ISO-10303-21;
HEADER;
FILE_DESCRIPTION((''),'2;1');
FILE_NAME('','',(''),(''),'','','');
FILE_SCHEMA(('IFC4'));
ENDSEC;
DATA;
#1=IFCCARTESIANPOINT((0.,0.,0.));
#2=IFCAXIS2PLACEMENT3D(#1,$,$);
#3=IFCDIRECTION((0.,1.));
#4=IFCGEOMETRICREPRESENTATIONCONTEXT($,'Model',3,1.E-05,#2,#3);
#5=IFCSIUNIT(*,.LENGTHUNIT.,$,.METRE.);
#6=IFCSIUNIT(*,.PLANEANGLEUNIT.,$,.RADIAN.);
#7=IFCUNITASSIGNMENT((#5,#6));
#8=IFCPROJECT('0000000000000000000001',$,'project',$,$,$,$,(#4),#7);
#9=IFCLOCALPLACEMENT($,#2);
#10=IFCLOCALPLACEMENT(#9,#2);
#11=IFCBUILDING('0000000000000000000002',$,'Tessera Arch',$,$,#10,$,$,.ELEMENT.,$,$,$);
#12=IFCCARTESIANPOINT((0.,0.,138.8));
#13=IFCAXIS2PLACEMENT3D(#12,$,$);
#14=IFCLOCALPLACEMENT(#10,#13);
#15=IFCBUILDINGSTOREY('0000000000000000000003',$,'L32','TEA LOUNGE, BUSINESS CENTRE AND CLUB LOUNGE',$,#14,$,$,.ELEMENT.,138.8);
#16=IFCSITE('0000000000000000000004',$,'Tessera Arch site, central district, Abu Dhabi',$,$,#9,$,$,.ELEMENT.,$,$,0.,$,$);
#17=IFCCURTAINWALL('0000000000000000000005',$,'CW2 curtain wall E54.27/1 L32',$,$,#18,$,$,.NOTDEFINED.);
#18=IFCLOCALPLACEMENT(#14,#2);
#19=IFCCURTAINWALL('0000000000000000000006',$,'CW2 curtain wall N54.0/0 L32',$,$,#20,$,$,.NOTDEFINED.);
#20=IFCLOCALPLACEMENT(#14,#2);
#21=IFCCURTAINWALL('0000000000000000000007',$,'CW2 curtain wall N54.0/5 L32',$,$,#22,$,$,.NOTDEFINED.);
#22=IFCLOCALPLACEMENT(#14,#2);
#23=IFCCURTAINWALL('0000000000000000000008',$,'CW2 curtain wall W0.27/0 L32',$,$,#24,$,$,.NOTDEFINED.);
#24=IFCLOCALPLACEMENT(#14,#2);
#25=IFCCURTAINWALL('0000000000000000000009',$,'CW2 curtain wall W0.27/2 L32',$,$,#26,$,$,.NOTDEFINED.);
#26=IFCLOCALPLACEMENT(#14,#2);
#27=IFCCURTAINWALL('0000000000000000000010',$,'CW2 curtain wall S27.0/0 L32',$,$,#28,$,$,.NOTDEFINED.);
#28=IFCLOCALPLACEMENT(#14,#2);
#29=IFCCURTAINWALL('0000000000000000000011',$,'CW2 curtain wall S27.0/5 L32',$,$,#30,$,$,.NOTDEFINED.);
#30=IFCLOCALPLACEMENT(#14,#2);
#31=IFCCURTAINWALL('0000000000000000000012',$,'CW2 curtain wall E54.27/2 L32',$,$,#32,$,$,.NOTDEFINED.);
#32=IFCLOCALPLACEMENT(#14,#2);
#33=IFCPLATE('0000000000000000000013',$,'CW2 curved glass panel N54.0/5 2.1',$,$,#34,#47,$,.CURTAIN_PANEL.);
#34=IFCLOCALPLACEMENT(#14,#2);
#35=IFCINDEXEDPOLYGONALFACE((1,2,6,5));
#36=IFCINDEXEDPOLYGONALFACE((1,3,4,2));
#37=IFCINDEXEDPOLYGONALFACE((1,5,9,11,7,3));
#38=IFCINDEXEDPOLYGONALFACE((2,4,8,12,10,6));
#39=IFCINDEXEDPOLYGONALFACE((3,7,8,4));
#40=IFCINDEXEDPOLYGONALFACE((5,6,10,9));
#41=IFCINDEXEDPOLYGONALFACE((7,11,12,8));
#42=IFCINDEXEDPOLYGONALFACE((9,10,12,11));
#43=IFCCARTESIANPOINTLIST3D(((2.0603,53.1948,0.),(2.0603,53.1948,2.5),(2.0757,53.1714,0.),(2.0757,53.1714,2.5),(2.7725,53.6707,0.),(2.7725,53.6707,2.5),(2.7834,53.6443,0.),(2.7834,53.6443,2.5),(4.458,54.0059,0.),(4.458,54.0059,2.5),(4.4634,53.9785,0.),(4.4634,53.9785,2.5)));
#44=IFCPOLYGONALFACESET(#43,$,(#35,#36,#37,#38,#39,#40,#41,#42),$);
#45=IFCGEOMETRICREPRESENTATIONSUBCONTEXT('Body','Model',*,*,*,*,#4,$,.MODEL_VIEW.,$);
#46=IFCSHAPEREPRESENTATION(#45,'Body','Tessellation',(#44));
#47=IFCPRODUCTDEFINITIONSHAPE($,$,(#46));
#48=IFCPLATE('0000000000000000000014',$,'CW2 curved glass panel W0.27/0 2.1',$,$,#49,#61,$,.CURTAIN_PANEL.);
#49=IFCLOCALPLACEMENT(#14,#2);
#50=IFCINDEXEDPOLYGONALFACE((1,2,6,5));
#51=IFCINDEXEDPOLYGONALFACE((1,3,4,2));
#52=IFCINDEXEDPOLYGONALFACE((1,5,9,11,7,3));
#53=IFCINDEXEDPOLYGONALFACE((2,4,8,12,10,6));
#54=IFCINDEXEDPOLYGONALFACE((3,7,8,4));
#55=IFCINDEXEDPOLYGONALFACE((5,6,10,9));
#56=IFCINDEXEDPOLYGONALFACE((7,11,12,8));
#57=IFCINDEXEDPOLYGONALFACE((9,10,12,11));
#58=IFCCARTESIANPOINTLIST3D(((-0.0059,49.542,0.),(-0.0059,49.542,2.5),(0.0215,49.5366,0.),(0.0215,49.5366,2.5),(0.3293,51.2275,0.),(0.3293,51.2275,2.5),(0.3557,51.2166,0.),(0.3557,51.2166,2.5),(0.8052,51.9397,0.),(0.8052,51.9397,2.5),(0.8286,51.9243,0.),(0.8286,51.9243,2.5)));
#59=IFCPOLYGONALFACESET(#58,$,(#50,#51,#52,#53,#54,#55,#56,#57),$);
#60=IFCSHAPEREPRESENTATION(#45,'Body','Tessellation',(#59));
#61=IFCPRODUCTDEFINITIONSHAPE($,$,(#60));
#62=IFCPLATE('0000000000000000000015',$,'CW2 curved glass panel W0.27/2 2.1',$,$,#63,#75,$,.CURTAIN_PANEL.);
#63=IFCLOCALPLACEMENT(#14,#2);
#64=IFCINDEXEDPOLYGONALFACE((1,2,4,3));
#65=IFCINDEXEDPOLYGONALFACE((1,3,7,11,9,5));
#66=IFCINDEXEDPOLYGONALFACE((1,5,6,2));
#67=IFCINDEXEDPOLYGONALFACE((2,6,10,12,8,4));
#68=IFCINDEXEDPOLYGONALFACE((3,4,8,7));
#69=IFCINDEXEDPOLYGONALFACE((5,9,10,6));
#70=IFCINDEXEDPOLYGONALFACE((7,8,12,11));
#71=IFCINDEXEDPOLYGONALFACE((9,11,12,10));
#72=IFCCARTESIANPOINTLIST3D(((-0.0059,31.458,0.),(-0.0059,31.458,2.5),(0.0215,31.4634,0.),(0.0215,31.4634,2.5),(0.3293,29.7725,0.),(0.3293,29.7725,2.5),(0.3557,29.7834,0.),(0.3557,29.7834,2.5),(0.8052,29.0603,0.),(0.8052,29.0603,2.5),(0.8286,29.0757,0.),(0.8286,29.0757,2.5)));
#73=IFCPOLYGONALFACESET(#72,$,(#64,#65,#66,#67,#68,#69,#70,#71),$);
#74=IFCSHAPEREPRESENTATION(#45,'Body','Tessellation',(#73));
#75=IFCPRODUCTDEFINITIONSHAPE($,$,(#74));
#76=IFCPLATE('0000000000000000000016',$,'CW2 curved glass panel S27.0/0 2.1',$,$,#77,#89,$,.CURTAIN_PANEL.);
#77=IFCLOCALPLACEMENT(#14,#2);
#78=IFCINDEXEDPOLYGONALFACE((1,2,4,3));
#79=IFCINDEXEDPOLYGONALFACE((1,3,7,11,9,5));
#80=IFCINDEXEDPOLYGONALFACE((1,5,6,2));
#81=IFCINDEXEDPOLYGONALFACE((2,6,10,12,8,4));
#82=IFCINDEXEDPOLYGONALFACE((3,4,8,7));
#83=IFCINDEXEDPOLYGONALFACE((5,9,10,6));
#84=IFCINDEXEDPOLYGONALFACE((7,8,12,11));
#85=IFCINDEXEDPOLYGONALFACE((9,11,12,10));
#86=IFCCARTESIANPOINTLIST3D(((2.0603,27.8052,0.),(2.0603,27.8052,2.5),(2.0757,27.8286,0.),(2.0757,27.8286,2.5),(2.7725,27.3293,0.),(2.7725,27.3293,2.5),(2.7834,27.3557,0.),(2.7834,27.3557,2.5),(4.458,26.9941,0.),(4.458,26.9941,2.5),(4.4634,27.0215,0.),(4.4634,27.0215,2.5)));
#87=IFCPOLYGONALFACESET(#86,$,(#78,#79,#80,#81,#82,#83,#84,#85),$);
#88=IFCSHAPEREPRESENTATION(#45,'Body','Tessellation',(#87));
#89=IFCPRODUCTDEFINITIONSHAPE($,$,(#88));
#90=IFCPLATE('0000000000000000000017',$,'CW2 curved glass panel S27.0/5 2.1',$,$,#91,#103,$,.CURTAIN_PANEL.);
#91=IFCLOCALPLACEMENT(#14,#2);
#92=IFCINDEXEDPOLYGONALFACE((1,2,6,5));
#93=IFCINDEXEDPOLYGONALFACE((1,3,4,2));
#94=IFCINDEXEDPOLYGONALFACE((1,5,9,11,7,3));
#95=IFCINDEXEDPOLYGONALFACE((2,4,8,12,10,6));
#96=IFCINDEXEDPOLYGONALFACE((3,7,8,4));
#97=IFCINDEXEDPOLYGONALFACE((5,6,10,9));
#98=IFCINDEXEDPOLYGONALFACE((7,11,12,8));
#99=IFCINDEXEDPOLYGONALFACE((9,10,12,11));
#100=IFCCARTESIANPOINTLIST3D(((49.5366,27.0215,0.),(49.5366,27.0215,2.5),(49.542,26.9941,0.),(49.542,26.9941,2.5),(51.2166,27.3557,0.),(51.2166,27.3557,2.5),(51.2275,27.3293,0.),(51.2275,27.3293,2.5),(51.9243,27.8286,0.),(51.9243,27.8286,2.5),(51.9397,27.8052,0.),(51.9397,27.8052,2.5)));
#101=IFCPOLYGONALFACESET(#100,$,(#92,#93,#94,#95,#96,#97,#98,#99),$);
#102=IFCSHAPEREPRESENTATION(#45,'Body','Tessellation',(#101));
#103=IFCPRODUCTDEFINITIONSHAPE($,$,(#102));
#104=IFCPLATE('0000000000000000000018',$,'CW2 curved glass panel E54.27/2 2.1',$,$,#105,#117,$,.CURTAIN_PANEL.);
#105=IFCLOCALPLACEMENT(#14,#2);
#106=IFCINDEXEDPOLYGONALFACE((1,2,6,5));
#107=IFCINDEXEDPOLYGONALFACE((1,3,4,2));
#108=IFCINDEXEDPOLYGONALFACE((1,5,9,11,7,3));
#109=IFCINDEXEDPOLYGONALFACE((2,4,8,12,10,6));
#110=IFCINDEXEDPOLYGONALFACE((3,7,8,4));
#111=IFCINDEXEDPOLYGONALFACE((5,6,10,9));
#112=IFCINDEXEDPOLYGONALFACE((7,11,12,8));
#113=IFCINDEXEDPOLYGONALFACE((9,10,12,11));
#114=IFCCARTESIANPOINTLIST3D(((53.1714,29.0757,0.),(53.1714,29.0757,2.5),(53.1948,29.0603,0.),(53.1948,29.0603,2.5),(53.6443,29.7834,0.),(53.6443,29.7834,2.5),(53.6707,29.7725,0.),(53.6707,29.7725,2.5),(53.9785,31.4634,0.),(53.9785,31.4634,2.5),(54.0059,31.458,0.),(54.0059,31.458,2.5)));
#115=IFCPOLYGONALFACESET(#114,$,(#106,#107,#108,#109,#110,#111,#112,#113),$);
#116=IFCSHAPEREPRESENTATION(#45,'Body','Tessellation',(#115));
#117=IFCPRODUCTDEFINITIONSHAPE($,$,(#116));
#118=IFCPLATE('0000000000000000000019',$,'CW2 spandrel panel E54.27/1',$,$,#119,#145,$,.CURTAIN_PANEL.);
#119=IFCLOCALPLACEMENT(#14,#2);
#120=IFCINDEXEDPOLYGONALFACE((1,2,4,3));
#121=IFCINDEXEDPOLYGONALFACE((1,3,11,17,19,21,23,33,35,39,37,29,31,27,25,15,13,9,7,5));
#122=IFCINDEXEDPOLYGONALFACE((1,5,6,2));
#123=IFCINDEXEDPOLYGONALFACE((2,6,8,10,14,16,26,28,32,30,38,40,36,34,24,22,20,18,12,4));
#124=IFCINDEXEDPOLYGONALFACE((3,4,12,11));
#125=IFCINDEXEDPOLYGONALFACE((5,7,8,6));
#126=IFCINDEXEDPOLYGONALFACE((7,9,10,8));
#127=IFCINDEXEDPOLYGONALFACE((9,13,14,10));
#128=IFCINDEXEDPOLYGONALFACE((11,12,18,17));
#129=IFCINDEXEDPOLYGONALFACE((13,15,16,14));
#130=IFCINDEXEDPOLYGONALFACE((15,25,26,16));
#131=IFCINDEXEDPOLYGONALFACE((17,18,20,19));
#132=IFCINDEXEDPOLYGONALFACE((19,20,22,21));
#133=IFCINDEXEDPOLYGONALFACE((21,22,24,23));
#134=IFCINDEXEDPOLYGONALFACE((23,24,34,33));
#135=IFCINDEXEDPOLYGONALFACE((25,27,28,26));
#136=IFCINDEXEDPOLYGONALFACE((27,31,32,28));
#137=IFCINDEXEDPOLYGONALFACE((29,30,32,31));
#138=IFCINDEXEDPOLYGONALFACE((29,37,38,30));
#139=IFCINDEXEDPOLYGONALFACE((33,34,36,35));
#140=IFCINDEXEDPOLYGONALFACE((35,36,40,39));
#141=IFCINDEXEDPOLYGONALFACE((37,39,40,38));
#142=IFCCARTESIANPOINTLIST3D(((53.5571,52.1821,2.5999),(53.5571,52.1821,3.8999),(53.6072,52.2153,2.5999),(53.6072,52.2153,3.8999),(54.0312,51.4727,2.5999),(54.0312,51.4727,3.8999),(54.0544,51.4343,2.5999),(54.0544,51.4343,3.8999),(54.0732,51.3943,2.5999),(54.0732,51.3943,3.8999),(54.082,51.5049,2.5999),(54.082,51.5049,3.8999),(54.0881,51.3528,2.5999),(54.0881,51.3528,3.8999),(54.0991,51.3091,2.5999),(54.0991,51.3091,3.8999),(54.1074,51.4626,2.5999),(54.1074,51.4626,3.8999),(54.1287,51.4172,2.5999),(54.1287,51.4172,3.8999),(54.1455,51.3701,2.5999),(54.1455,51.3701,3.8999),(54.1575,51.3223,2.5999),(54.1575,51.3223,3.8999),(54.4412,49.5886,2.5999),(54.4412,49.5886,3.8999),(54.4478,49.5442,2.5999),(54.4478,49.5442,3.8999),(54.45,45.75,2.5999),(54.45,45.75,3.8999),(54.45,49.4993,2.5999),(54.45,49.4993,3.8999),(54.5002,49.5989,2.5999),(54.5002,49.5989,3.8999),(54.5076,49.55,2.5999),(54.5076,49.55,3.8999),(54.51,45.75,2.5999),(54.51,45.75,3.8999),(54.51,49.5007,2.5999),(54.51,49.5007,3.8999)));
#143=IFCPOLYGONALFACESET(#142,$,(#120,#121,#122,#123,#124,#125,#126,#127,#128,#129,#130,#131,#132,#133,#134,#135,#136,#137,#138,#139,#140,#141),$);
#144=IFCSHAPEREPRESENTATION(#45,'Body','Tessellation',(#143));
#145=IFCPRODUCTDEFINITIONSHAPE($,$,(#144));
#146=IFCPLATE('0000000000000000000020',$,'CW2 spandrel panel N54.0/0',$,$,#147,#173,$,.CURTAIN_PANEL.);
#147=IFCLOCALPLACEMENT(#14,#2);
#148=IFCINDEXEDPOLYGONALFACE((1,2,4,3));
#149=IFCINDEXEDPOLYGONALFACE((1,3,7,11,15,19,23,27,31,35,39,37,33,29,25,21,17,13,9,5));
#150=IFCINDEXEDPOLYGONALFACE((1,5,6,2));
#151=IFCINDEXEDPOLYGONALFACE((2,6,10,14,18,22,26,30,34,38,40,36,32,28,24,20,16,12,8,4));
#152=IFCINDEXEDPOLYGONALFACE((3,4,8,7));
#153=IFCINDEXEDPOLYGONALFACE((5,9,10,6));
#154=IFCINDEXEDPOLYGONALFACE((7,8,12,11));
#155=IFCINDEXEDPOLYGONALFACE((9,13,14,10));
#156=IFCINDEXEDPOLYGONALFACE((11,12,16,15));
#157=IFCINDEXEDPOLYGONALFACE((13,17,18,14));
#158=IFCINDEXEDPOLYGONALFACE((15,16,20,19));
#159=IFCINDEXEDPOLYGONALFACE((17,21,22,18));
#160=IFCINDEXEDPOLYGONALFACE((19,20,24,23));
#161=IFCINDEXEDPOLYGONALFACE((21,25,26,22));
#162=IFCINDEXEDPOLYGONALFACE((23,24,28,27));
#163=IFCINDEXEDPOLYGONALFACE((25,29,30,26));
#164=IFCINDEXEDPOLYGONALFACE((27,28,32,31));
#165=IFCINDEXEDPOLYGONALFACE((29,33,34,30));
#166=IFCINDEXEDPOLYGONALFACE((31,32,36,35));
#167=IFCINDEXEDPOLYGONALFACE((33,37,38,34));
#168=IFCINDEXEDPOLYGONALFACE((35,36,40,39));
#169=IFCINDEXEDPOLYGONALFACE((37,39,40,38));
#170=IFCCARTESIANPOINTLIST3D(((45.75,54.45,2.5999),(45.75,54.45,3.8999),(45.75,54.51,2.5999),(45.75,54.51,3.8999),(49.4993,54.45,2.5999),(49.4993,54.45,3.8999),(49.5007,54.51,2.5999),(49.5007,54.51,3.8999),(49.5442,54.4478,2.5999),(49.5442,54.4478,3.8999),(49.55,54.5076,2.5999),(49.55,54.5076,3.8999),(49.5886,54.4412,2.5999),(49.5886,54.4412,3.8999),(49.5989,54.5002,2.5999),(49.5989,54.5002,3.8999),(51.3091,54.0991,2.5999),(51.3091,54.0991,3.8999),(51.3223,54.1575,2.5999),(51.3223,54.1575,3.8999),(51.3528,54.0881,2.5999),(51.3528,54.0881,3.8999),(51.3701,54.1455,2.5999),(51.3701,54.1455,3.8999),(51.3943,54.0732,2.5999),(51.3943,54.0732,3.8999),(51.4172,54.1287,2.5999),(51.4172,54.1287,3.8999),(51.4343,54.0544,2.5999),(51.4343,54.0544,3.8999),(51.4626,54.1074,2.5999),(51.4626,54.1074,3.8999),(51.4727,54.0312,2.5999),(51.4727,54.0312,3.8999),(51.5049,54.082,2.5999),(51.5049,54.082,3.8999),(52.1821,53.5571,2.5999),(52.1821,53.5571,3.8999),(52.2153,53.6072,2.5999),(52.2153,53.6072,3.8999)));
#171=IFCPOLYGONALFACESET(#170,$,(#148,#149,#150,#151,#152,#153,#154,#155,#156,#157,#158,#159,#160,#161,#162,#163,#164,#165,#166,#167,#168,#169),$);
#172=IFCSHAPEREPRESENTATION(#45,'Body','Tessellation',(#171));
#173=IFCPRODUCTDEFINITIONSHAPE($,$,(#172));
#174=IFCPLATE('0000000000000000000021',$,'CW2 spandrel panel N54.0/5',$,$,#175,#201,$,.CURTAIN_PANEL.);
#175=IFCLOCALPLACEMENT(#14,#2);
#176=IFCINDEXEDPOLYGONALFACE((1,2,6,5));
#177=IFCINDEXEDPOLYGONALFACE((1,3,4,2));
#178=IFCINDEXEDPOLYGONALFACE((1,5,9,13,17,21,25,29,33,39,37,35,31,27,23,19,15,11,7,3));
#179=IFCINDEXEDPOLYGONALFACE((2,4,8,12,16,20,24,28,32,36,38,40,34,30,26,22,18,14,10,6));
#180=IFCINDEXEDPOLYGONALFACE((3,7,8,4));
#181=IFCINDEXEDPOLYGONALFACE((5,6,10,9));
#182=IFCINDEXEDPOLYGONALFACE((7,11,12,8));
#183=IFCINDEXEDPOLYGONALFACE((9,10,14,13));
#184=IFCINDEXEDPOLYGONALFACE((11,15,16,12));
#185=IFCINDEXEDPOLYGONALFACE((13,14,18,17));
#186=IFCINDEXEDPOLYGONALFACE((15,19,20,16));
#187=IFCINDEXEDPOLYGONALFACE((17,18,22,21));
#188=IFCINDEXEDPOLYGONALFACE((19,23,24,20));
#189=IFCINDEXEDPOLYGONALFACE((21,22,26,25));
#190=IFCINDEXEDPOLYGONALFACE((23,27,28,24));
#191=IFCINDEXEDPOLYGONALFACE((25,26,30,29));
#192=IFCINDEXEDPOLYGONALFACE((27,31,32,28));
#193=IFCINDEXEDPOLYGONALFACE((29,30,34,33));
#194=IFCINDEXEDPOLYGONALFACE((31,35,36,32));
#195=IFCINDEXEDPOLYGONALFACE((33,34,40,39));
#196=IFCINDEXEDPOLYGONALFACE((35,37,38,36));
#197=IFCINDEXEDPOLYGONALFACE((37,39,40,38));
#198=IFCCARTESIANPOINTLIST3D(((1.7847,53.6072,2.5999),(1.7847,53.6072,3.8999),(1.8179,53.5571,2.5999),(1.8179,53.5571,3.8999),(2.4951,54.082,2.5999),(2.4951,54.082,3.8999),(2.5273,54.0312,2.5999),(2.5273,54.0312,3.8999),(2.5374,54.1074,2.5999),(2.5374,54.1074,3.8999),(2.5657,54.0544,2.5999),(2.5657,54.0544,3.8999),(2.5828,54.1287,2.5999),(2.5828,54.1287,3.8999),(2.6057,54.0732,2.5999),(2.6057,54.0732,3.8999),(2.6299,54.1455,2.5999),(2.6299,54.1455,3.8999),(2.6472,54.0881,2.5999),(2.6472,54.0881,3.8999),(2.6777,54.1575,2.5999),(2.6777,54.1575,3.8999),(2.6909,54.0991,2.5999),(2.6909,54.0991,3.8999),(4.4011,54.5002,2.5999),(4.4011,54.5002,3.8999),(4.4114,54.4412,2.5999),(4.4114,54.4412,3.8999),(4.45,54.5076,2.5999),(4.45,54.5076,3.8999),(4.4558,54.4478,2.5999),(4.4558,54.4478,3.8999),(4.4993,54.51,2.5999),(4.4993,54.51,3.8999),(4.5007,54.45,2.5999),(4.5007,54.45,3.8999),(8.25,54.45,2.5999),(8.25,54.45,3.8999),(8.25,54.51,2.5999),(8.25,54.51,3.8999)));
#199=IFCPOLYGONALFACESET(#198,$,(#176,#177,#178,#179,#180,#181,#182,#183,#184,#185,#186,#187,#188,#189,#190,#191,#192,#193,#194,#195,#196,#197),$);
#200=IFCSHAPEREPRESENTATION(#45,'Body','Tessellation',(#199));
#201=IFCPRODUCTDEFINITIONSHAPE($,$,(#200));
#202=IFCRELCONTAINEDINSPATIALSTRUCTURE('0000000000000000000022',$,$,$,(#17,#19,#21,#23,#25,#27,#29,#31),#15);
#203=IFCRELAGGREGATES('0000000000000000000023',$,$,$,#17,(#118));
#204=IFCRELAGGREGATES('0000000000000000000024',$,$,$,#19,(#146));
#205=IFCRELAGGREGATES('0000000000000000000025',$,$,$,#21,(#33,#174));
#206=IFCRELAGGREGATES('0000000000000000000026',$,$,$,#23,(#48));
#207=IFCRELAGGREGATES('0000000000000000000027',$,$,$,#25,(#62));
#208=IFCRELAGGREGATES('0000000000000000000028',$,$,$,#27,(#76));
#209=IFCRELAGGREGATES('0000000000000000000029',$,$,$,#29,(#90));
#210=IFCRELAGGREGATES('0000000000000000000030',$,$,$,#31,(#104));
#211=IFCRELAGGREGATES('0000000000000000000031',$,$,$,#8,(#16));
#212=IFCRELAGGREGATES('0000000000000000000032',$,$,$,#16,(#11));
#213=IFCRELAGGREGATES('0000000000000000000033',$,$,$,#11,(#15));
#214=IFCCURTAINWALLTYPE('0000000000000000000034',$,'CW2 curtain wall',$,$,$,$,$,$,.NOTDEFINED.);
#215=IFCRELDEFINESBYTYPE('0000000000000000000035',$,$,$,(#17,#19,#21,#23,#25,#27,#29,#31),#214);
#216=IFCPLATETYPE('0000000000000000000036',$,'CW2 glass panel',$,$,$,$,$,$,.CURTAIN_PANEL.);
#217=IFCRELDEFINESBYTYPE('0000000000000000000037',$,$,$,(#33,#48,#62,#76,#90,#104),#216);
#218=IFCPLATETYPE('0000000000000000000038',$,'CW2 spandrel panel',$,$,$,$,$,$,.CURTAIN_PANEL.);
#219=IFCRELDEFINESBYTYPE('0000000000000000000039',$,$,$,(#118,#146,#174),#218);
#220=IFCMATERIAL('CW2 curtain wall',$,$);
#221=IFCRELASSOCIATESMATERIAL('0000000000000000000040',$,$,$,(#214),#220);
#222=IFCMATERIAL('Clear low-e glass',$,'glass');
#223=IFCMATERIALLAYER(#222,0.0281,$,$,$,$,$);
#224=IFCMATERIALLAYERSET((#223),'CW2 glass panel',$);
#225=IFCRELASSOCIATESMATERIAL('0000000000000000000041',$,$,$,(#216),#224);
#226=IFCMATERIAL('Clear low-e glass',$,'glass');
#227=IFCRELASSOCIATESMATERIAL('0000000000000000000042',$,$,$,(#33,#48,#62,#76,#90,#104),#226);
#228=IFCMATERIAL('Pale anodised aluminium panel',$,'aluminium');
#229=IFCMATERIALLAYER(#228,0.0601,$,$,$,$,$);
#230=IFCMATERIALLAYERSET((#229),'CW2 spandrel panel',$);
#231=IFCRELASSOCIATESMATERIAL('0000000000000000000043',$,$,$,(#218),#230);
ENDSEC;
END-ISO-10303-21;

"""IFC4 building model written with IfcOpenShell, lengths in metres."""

from ifc_helpers import new_model, si_unit, direction, frame, origin, place, context, subcontext, project, spatial, polyline, outline, extrude, material, layer, layer_set, type_object, element, aggregate, save


model = new_model("IFC4")

# Units and contexts
model_context = context("Model", 3, precision=1e-05, world=origin(), true_north=direction((0.0, 1.0)))
body_context = subcontext(model_context, "Body", "Model", "MODEL_VIEW")
ifc_project = project(units=[si_unit("LENGTHUNIT", "METRE"), si_unit("PLANEANGLEUNIT", "RADIAN")], contexts=[model_context])

# Site, building, storey
site_placement = place(None, origin())
site = spatial("IfcSite", under=ifc_project, at=site_placement, Name="Tessera Arch site, central district, Abu Dhabi", CompositionType="ELEMENT", RefElevation=0.0)
building_placement = place(site_placement, origin())
building = spatial("IfcBuilding", under=site, at=building_placement, Name="Tessera Arch", CompositionType="ELEMENT")
storey_placement = place(building_placement, frame((0.0, 0.0, 138.8)))
storey = spatial("IfcBuildingStorey", under=building, at=storey_placement, Name="L32", Description="TEA LOUNGE, BUSINESS CENTRE AND CLUB LOUNGE", CompositionType="ELEMENT", Elevation=138.8)

# Curtain walls
ifc_material_1 = material(Name="CW2 curtain wall")
curtain_wall_type_1 = type_object("IfcCurtainWallType", Name="CW2 curtain wall", PredefinedType="NOTDEFINED", material=ifc_material_1)
curtain_wall_1_placement = place(storey_placement, origin())
curtain_wall_1 = element("IfcCurtainWall", 1, at=curtain_wall_1_placement, inside=storey, type_object=curtain_wall_type_1, Name="CW2 curtain wall E54.27/1 L32", PredefinedType="NOTDEFINED")
curtain_wall_2_placement = place(storey_placement, origin())
curtain_wall_2 = element("IfcCurtainWall", 2, at=curtain_wall_2_placement, inside=storey, type_object=curtain_wall_type_1, Name="CW2 curtain wall N54.0/0 L32", PredefinedType="NOTDEFINED")
curtain_wall_3_placement = place(storey_placement, origin())
curtain_wall_3 = element("IfcCurtainWall", 3, at=curtain_wall_3_placement, inside=storey, type_object=curtain_wall_type_1, Name="CW2 curtain wall N54.0/5 L32", PredefinedType="NOTDEFINED")
curtain_wall_4_placement = place(storey_placement, origin())
curtain_wall_4 = element("IfcCurtainWall", 4, at=curtain_wall_4_placement, inside=storey, type_object=curtain_wall_type_1, Name="CW2 curtain wall W0.27/0 L32", PredefinedType="NOTDEFINED")
curtain_wall_5_placement = place(storey_placement, origin())
curtain_wall_5 = element("IfcCurtainWall", 5, at=curtain_wall_5_placement, inside=storey, type_object=curtain_wall_type_1, Name="CW2 curtain wall W0.27/2 L32", PredefinedType="NOTDEFINED")
curtain_wall_6_placement = place(storey_placement, origin())
curtain_wall_6 = element("IfcCurtainWall", 6, at=curtain_wall_6_placement, inside=storey, type_object=curtain_wall_type_1, Name="CW2 curtain wall S27.0/0 L32", PredefinedType="NOTDEFINED")
curtain_wall_7_placement = place(storey_placement, origin())
curtain_wall_7 = element("IfcCurtainWall", 7, at=curtain_wall_7_placement, inside=storey, type_object=curtain_wall_type_1, Name="CW2 curtain wall S27.0/5 L32", PredefinedType="NOTDEFINED")
curtain_wall_8_placement = place(storey_placement, origin())
curtain_wall_8 = element("IfcCurtainWall", 8, at=curtain_wall_8_placement, inside=storey, type_object=curtain_wall_type_1, Name="CW2 curtain wall E54.27/2 L32", PredefinedType="NOTDEFINED")

# Plates
ifc_material_2 = material(Name="Clear low-e glass", Category="glass")
ifc_material_3 = material(Name="Clear low-e glass", Category="glass")
ifc_layer_1 = layer(ifc_material_3, 0.0281)
ifc_layer_set_1 = layer_set([ifc_layer_1], Name="CW2 glass panel")
plate_type_1 = type_object("IfcPlateType", Name="CW2 glass panel", PredefinedType="CURTAIN_PANEL", material=ifc_layer_set_1)
plate_1_placement = place(storey_placement, origin())
plate_1 = element("IfcPlate", 9, at=plate_1_placement, type_object=plate_type_1, material=ifc_material_2, Name="CW2 curved glass panel N54.0/5 2.1", PredefinedType="CURTAIN_PANEL", context=body_context, shape_type="SweptSolid", body=[
    extrude(outline(polyline([(2.7834, 53.6443), (4.4634, 53.9785), (4.458, 54.0059), (2.7725, 53.6707), (2.0603, 53.1948), (2.0757, 53.1714), (2.7834, 53.6443)])), origin(), (0.0, 0.0, 1.0), 2.5),
])
plate_2_placement = place(storey_placement, origin())
plate_2 = element("IfcPlate", 10, at=plate_2_placement, type_object=plate_type_1, material=ifc_material_2, Name="CW2 curved glass panel W0.27/0 2.1", PredefinedType="CURTAIN_PANEL", context=body_context, shape_type="SweptSolid", body=[
    extrude(outline(polyline([(0.3557, 51.2166), (0.8286, 51.9243), (0.8052, 51.9397), (0.3293, 51.2275), (-0.0059, 49.542), (0.0215, 49.5366), (0.3557, 51.2166)])), origin(), (0.0, 0.0, 1.0), 2.5),
])
plate_3_placement = place(storey_placement, origin())
plate_3 = element("IfcPlate", 11, at=plate_3_placement, type_object=plate_type_1, material=ifc_material_2, Name="CW2 curved glass panel W0.27/2 2.1", PredefinedType="CURTAIN_PANEL", context=body_context, shape_type="SweptSolid", body=[
    extrude(outline(polyline([(0.3557, 29.7834), (0.0215, 31.4634), (-0.0059, 31.458), (0.3293, 29.7725), (0.8052, 29.0603), (0.8286, 29.0757), (0.3557, 29.7834)])), origin(), (0.0, 0.0, 1.0), 2.5),
])
plate_4_placement = place(storey_placement, origin())
plate_4 = element("IfcPlate", 12, at=plate_4_placement, type_object=plate_type_1, material=ifc_material_2, Name="CW2 curved glass panel S27.0/0 2.1", PredefinedType="CURTAIN_PANEL", context=body_context, shape_type="SweptSolid", body=[
    extrude(outline(polyline([(2.7834, 27.3557), (2.0757, 27.8286), (2.0603, 27.8052), (2.7725, 27.3293), (4.458, 26.9941), (4.4634, 27.0215), (2.7834, 27.3557)])), origin(), (0.0, 0.0, 1.0), 2.5),
])
plate_5_placement = place(storey_placement, origin())
plate_5 = element("IfcPlate", 13, at=plate_5_placement, type_object=plate_type_1, material=ifc_material_2, Name="CW2 curved glass panel S27.0/5 2.1", PredefinedType="CURTAIN_PANEL", context=body_context, shape_type="SweptSolid", body=[
    extrude(outline(polyline([(51.2166, 27.3557), (49.5366, 27.0215), (49.542, 26.9941), (51.2275, 27.3293), (51.9397, 27.8052), (51.9243, 27.8286), (51.2166, 27.3557)])), origin(), (0.0, 0.0, 1.0), 2.5),
])
plate_6_placement = place(storey_placement, origin())
plate_6 = element("IfcPlate", 14, at=plate_6_placement, type_object=plate_type_1, material=ifc_material_2, Name="CW2 curved glass panel E54.27/2 2.1", PredefinedType="CURTAIN_PANEL", context=body_context, shape_type="SweptSolid", body=[
    extrude(outline(polyline([(53.6443, 29.7834), (53.1714, 29.0757), (53.1948, 29.0603), (53.6707, 29.7725), (54.0059, 31.458), (53.9785, 31.4634), (53.6443, 29.7834)])), origin(), (0.0, 0.0, 1.0), 2.5),
])
ifc_material_4 = material(Name="Pale anodised aluminium panel", Category="aluminium")
ifc_layer_2 = layer(ifc_material_4, 0.0601)
ifc_layer_set_2 = layer_set([ifc_layer_2], Name="CW2 spandrel panel")
plate_type_2 = type_object("IfcPlateType", Name="CW2 spandrel panel", PredefinedType="CURTAIN_PANEL", material=ifc_layer_set_2)
plate_7_placement = place(storey_placement, frame((0.0, 0.0, 2.5999)))
plate_7 = element("IfcPlate", 15, at=plate_7_placement, type_object=plate_type_2, Name="CW2 spandrel panel E54.27/1", PredefinedType="CURTAIN_PANEL", context=body_context, shape_type="SweptSolid", body=[
    extrude(outline(polyline([(54.45, 49.4993), (54.45, 45.75), (54.51, 45.75), (54.51, 49.5007), (54.5076, 49.55), (54.5002, 49.5989), (54.1575, 51.3223), (54.1455, 51.3701), (54.1287, 51.4172), (54.1074, 51.4626), (54.082, 51.5049), (53.6072, 52.2153), (53.5571, 52.1821), (54.0312, 51.4727), (54.0544, 51.4343), (54.0732, 51.3943), (54.0881, 51.3528), (54.0991, 51.3091), (54.4412, 49.5886), (54.4478, 49.5442), (54.45, 49.4993)])), origin(), (0.0, 0.0, 1.0), 1.3),
])
aggregate(curtain_wall_1, [plate_7])
plate_8_placement = place(storey_placement, frame((0.0, 0.0, 2.5999)))
plate_8 = element("IfcPlate", 16, at=plate_8_placement, type_object=plate_type_2, Name="CW2 spandrel panel N54.0/0", PredefinedType="CURTAIN_PANEL", context=body_context, shape_type="SweptSolid", body=[
    extrude(outline(polyline([(51.4727, 54.0312), (52.1821, 53.5571), (52.2153, 53.6072), (51.5049, 54.082), (51.4626, 54.1074), (51.4172, 54.1287), (51.3701, 54.1455), (51.3223, 54.1575), (49.5989, 54.5002), (49.55, 54.5076), (49.5007, 54.51), (45.75, 54.51), (45.75, 54.45), (49.4993, 54.45), (49.5442, 54.4478), (49.5886, 54.4412), (51.3091, 54.0991), (51.3528, 54.0881), (51.3943, 54.0732), (51.4343, 54.0544), (51.4727, 54.0312)])), origin(), (0.0, 0.0, 1.0), 1.3),
])
aggregate(curtain_wall_2, [plate_8])
plate_9_placement = place(storey_placement, frame((0.0, 0.0, 2.5999)))
plate_9 = element("IfcPlate", 17, at=plate_9_placement, type_object=plate_type_2, Name="CW2 spandrel panel N54.0/5", PredefinedType="CURTAIN_PANEL", context=body_context, shape_type="SweptSolid", body=[
    extrude(outline(polyline([(4.5007, 54.45), (8.25, 54.45), (8.25, 54.51), (4.4993, 54.51), (4.45, 54.5076), (4.4011, 54.5002), (2.6777, 54.1575), (2.6299, 54.1455), (2.5828, 54.1287), (2.5374, 54.1074), (2.4951, 54.082), (1.7847, 53.6072), (1.8179, 53.5571), (2.5273, 54.0312), (2.5657, 54.0544), (2.6057, 54.0732), (2.6472, 54.0881), (2.6909, 54.0991), (4.4114, 54.4412), (4.4558, 54.4478), (4.5007, 54.45)])), origin(), (0.0, 0.0, 1.0), 1.3),
])
aggregate(curtain_wall_3, [plate_1, plate_9])
aggregate(curtain_wall_4, [plate_2])
aggregate(curtain_wall_5, [plate_3])
aggregate(curtain_wall_6, [plate_4])
aggregate(curtain_wall_7, [plate_5])
aggregate(curtain_wall_8, [plate_6])

save(model, "model.ifc")
